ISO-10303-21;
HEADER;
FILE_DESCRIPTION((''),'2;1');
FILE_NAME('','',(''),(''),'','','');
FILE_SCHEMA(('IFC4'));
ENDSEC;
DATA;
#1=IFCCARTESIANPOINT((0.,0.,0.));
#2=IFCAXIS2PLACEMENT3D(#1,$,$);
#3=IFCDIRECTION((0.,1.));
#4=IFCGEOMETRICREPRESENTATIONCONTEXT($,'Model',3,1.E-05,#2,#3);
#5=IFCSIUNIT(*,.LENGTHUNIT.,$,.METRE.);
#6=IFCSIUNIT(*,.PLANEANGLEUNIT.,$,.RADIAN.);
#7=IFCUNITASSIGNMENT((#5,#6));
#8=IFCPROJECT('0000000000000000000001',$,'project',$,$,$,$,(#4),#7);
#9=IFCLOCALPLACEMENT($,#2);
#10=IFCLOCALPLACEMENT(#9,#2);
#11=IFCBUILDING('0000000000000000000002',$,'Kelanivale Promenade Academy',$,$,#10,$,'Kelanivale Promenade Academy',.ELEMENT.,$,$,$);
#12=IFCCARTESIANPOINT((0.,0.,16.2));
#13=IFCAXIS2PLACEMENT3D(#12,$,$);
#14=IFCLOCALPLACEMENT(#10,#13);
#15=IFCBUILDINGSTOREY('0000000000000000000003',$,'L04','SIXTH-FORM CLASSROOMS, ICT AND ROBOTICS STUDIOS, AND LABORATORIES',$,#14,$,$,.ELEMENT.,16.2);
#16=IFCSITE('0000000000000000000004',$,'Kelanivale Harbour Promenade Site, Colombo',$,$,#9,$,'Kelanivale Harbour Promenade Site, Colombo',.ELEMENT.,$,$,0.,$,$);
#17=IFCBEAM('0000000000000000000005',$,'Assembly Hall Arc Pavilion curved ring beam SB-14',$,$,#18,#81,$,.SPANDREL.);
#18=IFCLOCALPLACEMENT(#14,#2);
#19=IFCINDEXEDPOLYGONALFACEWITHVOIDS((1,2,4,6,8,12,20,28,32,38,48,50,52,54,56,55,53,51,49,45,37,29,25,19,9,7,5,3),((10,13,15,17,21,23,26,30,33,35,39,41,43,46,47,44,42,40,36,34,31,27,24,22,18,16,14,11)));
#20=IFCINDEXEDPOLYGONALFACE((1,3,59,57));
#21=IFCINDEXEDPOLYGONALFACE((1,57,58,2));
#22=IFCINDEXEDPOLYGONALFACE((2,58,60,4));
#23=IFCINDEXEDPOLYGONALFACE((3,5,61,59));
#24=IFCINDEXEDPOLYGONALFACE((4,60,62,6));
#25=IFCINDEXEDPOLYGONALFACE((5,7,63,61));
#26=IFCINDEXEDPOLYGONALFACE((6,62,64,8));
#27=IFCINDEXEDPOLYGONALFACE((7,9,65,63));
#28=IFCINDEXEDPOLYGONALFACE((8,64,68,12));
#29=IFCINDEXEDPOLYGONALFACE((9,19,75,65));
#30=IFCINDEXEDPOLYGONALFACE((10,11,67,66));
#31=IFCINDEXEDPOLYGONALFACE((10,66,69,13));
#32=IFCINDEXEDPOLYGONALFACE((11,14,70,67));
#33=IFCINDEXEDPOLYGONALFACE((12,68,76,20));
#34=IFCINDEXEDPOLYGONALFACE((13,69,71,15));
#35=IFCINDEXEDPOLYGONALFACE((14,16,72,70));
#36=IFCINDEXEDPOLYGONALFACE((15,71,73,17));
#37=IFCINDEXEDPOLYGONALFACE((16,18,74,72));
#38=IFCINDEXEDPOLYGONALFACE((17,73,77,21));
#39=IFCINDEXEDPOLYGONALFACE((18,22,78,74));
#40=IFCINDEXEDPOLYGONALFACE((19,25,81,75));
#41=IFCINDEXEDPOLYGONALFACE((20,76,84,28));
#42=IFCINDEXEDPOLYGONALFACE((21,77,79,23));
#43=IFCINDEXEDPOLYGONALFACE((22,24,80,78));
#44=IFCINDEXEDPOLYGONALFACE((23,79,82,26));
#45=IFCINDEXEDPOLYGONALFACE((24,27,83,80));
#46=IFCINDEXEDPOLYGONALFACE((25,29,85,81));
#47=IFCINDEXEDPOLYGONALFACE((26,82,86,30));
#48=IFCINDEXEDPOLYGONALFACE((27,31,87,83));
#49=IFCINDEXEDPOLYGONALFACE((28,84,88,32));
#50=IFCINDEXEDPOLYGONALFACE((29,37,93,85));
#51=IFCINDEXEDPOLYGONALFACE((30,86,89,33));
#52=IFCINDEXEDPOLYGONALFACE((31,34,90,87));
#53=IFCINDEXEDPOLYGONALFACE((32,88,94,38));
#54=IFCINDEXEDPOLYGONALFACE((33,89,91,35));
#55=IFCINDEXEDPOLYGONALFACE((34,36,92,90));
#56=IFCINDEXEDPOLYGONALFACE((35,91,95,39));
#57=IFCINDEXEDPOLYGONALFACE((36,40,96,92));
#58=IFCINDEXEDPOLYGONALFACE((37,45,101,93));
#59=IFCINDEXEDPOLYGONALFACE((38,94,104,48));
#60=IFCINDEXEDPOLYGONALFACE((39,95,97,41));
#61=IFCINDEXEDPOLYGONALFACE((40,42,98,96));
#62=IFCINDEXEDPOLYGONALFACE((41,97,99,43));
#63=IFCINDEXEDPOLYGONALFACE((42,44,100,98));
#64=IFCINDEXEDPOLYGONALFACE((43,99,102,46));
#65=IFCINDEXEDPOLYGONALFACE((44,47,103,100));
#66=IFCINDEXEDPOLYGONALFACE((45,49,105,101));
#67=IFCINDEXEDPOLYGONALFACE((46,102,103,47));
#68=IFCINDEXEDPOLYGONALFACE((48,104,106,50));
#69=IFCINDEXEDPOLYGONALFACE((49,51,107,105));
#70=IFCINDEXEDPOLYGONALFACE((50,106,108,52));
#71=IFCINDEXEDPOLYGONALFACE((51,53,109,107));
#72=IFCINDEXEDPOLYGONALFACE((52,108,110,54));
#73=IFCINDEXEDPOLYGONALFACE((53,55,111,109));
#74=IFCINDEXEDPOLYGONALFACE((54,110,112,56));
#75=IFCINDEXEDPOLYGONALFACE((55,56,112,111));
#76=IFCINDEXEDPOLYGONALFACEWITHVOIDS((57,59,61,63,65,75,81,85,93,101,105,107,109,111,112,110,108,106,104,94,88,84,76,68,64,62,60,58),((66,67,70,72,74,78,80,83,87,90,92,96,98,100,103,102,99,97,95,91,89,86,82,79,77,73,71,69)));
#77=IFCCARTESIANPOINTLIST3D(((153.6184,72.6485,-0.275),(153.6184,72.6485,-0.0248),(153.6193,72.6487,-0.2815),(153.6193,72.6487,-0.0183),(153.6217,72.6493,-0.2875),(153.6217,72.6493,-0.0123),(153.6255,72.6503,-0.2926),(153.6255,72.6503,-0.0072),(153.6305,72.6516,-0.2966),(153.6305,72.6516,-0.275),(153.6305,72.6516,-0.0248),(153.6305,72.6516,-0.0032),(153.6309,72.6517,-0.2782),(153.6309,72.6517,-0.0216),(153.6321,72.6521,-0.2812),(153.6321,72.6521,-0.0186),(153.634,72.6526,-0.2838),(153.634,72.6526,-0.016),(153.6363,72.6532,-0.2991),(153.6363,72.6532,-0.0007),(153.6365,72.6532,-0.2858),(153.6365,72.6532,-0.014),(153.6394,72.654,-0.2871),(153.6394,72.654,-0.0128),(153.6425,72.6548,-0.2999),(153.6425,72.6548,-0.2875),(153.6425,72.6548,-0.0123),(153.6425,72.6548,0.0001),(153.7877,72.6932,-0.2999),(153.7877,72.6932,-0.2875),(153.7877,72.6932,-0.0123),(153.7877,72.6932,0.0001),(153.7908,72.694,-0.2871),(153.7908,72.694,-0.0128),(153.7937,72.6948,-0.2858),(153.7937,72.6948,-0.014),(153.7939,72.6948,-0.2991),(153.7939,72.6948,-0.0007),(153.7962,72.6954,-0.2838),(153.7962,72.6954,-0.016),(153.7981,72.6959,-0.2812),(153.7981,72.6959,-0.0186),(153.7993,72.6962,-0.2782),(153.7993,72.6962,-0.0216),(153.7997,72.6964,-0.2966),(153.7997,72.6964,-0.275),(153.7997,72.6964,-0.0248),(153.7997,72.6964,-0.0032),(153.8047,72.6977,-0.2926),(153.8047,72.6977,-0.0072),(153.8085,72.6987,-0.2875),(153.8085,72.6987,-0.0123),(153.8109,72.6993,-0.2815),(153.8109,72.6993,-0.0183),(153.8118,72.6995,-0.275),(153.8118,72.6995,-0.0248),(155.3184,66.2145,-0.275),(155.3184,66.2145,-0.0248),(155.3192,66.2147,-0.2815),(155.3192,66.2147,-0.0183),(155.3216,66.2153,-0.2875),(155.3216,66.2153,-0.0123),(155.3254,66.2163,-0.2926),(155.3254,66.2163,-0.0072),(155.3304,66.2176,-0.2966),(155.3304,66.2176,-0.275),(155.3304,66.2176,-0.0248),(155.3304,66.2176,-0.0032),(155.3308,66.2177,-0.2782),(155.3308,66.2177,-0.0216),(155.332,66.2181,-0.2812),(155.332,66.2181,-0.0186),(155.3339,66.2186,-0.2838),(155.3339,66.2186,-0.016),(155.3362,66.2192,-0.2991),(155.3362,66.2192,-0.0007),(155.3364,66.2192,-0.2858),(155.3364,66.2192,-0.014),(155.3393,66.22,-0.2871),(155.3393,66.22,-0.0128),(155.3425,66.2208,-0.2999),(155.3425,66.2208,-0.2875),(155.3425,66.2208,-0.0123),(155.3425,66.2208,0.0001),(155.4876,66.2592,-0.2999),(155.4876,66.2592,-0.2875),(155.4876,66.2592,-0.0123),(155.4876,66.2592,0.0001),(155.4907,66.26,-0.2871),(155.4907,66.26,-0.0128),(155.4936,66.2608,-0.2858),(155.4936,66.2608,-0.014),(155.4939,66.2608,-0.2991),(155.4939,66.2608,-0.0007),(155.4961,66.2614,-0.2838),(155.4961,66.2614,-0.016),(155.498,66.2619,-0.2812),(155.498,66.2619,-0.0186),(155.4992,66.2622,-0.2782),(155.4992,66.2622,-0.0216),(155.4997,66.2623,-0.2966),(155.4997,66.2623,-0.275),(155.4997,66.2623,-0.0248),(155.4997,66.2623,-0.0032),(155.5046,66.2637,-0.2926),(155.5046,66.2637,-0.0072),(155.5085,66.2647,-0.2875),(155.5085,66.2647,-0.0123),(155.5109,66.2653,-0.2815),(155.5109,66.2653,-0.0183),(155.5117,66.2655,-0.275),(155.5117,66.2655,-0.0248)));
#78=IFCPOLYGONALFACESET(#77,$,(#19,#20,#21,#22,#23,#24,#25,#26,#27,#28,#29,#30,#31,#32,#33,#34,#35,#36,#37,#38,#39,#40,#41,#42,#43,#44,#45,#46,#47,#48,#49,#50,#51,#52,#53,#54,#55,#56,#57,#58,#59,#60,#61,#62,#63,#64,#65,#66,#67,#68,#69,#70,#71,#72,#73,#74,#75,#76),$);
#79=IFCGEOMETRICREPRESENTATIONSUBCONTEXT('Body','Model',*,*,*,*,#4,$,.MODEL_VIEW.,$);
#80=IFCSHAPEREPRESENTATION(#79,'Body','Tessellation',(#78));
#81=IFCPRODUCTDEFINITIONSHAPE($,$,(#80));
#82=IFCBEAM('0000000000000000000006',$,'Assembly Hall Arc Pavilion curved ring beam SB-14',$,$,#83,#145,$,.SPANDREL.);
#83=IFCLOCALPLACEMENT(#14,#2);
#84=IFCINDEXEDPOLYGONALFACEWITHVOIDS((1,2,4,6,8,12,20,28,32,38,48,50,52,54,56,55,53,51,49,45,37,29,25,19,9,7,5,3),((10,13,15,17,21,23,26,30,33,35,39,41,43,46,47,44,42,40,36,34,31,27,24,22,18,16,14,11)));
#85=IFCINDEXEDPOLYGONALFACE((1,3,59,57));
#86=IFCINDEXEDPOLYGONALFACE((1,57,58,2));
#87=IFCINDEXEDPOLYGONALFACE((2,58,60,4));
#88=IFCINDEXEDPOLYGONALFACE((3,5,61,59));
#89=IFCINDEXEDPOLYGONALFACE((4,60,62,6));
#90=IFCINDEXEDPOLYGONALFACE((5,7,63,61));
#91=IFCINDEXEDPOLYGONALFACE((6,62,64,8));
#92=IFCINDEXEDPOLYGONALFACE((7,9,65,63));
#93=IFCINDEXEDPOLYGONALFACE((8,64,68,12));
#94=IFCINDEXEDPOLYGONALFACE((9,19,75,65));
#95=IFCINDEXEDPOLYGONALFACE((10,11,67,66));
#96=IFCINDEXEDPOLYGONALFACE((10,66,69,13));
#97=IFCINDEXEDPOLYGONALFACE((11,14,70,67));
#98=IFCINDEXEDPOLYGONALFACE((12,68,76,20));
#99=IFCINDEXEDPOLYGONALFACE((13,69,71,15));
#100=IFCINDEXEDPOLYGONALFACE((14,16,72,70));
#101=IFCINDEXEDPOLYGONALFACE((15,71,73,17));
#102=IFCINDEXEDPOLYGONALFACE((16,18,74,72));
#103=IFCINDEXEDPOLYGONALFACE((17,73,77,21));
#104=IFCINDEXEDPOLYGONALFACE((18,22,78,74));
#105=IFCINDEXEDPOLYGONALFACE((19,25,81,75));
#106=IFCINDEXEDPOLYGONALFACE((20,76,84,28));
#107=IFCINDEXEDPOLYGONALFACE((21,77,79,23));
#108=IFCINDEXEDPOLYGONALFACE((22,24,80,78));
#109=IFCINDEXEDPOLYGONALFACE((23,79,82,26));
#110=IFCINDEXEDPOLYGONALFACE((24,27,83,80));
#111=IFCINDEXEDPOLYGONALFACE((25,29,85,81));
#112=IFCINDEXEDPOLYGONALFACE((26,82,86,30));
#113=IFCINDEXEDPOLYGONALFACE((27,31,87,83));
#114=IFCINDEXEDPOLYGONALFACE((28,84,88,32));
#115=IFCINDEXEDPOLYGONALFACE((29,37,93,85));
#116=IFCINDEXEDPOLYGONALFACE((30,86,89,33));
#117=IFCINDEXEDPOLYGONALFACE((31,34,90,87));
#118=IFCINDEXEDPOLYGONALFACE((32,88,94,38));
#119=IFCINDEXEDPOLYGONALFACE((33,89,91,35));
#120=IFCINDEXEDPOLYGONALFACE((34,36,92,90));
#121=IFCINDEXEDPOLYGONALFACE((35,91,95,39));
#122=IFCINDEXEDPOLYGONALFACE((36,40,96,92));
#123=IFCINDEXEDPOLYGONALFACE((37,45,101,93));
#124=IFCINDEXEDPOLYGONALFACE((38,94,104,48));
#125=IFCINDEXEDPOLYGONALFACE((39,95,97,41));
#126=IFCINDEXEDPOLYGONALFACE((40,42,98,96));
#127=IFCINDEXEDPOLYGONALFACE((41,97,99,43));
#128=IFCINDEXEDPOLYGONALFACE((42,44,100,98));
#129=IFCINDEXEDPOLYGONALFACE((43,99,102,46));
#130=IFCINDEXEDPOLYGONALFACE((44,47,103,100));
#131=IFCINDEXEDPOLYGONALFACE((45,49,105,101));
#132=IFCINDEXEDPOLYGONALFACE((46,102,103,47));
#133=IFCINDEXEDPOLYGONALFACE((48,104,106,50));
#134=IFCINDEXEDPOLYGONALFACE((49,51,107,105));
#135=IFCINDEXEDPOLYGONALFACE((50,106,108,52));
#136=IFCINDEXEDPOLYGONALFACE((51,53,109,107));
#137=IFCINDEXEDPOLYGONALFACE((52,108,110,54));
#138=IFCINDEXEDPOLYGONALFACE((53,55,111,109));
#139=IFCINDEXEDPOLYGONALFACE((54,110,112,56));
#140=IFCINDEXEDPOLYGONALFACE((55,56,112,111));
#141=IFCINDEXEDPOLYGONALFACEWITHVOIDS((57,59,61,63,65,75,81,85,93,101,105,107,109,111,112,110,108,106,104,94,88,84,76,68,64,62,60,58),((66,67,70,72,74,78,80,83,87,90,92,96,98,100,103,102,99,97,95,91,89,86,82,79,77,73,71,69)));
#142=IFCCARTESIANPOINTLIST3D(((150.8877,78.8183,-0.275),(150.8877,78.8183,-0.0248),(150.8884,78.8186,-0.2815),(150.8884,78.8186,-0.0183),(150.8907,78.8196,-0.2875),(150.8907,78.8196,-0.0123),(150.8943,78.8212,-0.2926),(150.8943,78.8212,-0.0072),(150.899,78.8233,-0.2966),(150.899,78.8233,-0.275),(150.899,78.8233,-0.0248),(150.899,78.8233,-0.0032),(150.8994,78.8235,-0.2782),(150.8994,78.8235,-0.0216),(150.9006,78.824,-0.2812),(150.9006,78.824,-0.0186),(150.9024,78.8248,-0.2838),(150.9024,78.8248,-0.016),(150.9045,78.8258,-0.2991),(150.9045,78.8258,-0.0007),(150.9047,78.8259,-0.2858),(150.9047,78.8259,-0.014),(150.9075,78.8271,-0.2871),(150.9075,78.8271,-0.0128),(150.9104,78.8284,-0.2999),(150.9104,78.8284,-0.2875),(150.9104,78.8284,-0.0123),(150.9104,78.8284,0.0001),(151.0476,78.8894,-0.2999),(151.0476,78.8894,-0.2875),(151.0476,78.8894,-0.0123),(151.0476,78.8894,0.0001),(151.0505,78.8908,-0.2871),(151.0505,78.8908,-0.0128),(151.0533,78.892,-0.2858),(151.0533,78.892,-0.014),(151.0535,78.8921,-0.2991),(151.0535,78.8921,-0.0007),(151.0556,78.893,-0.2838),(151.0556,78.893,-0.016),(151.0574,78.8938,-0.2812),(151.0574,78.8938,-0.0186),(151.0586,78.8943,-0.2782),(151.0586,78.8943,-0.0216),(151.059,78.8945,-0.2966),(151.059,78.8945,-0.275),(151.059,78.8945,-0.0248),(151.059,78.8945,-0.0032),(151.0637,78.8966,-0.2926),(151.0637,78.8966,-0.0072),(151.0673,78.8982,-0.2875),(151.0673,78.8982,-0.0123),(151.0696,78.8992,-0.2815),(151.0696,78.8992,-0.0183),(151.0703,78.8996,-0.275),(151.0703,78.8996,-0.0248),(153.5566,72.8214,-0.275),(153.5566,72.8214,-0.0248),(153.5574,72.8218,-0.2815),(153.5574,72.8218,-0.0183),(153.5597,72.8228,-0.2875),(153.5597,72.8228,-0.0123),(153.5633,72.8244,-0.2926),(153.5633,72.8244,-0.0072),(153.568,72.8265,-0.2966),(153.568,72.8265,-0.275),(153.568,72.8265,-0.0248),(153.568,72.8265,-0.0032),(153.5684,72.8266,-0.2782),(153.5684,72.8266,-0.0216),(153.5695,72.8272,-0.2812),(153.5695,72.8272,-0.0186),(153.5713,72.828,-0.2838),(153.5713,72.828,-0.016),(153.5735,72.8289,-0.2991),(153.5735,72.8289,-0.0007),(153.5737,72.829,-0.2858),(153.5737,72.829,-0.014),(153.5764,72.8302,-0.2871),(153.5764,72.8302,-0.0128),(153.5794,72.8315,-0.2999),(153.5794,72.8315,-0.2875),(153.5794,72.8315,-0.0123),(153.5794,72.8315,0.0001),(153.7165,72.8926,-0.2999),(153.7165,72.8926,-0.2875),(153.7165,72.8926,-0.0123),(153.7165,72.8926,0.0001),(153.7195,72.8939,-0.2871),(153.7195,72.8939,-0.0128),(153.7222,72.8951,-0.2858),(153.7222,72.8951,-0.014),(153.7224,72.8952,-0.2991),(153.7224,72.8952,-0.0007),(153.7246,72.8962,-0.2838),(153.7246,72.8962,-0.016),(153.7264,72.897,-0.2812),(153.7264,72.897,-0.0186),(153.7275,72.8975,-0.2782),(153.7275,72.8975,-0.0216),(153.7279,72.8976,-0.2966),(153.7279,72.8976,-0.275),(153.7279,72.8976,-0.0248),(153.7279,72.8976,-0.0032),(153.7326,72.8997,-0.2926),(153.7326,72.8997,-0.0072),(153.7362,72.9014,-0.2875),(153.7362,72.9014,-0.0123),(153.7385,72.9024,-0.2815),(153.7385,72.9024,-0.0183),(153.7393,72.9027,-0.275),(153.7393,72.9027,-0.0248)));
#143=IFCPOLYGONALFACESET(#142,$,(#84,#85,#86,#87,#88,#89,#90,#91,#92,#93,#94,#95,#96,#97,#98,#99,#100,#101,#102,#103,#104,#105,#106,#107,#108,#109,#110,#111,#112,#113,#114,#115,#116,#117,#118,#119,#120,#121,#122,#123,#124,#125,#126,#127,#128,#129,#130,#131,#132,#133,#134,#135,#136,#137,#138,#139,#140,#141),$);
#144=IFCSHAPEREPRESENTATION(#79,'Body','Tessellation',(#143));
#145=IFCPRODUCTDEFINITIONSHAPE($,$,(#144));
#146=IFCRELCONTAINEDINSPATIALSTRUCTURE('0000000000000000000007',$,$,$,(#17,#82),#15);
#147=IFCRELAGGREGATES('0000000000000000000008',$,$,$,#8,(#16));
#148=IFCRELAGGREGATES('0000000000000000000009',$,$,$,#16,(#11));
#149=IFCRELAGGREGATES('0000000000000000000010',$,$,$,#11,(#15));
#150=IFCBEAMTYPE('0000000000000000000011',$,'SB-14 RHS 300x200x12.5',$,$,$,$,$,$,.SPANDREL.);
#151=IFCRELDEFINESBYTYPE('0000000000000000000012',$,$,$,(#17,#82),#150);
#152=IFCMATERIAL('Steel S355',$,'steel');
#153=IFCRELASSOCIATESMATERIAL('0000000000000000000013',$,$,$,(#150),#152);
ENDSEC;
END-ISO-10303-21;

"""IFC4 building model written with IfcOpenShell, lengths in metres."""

from ifc_helpers import new_model, si_unit, direction, frame, origin, origin_2d, place, context, subcontext, project, spatial, hollow_rectangle, extrude, material, material_profile, profile_set, type_object, element, save


model = new_model("IFC4")

# Units and contexts
model_context = context("Model", 3, precision=1e-05, world=origin(), true_north=direction((0.0, 1.0)))
body_context = subcontext(model_context, "Body", "Model", "MODEL_VIEW")
ifc_project = project(units=[si_unit("LENGTHUNIT", "METRE"), si_unit("PLANEANGLEUNIT", "RADIAN")], contexts=[model_context])

# Site, building, storey
site_placement = place(None, origin())
site = spatial("IfcSite", under=ifc_project, at=site_placement, Name="Kelanivale Harbour Promenade Site, Colombo", LongName="Kelanivale Harbour Promenade Site, Colombo", CompositionType="ELEMENT", RefElevation=0.0)
building_placement = place(site_placement, origin())
building = spatial("IfcBuilding", under=site, at=building_placement, Name="Kelanivale Promenade Academy", LongName="Kelanivale Promenade Academy", CompositionType="ELEMENT")
storey_placement = place(building_placement, frame((0.0, 0.0, 16.2)))
storey = spatial("IfcBuildingStorey", under=building, at=storey_placement, Name="L04", Description="SIXTH-FORM CLASSROOMS, ICT AND ROBOTICS STUDIOS, AND LABORATORIES", CompositionType="ELEMENT", Elevation=16.2)

# Shared definitions
ifc_material_1 = material(Name="Steel S355", Category="steel")

# Beams
ifc_material_profile_1 = material_profile(ifc_material_1, hollow_rectangle(XDim=0.2, YDim=0.3, WallThickness=0.0125, InnerFilletRadius=0.0125, OuterFilletRadius=0.0249, at=origin_2d()), Name="RHS 300x200x12.5")
ifc_profile_set_1 = profile_set([ifc_material_profile_1], Name="Steel S355")
beam_type = type_object("IfcBeamType", Name="SB-14 RHS 300x200x12.5", PredefinedType="SPANDREL", material=ifc_profile_set_1)
beam_1_placement = place(storey_placement, frame((155.415, 66.24, -0.1499), z_axis=(-0.255445, 0.966824, 0.0), x_axis=(-0.966824, -0.255445, 0.0)))
element("IfcBeam", 1, at=beam_1_placement, inside=storey, type_object=beam_type, Name="Assembly Hall Arc Pavilion curved ring beam SB-14", PredefinedType="SPANDREL", context=body_context, shape_type="SweptSolid", body=[
    extrude(hollow_rectangle(XDim=0.2, YDim=0.3, WallThickness=0.0125, InnerFilletRadius=0.0125, OuterFilletRadius=0.0249, at=origin_2d()), origin(), (0.0, 0.0, 1.0), 6.6548),
])
beam_2_placement = place(storey_placement, frame((153.6479, 72.8621, -0.1499), z_axis=(-0.406608, 0.913603, 0.0), x_axis=(-0.913603, -0.406608, 0.0)))
element("IfcBeam", 2, at=beam_2_placement, inside=storey, type_object=beam_type, Name="Assembly Hall Arc Pavilion curved ring beam SB-14", PredefinedType="SPANDREL", context=body_context, shape_type="SweptSolid", body=[
    extrude(hollow_rectangle(XDim=0.2, YDim=0.3, WallThickness=0.0125, InnerFilletRadius=0.0125, OuterFilletRadius=0.0249, at=origin_2d()), origin(), (0.0, 0.0, 1.0), 6.564),
])

save(model, "model.ifc")
